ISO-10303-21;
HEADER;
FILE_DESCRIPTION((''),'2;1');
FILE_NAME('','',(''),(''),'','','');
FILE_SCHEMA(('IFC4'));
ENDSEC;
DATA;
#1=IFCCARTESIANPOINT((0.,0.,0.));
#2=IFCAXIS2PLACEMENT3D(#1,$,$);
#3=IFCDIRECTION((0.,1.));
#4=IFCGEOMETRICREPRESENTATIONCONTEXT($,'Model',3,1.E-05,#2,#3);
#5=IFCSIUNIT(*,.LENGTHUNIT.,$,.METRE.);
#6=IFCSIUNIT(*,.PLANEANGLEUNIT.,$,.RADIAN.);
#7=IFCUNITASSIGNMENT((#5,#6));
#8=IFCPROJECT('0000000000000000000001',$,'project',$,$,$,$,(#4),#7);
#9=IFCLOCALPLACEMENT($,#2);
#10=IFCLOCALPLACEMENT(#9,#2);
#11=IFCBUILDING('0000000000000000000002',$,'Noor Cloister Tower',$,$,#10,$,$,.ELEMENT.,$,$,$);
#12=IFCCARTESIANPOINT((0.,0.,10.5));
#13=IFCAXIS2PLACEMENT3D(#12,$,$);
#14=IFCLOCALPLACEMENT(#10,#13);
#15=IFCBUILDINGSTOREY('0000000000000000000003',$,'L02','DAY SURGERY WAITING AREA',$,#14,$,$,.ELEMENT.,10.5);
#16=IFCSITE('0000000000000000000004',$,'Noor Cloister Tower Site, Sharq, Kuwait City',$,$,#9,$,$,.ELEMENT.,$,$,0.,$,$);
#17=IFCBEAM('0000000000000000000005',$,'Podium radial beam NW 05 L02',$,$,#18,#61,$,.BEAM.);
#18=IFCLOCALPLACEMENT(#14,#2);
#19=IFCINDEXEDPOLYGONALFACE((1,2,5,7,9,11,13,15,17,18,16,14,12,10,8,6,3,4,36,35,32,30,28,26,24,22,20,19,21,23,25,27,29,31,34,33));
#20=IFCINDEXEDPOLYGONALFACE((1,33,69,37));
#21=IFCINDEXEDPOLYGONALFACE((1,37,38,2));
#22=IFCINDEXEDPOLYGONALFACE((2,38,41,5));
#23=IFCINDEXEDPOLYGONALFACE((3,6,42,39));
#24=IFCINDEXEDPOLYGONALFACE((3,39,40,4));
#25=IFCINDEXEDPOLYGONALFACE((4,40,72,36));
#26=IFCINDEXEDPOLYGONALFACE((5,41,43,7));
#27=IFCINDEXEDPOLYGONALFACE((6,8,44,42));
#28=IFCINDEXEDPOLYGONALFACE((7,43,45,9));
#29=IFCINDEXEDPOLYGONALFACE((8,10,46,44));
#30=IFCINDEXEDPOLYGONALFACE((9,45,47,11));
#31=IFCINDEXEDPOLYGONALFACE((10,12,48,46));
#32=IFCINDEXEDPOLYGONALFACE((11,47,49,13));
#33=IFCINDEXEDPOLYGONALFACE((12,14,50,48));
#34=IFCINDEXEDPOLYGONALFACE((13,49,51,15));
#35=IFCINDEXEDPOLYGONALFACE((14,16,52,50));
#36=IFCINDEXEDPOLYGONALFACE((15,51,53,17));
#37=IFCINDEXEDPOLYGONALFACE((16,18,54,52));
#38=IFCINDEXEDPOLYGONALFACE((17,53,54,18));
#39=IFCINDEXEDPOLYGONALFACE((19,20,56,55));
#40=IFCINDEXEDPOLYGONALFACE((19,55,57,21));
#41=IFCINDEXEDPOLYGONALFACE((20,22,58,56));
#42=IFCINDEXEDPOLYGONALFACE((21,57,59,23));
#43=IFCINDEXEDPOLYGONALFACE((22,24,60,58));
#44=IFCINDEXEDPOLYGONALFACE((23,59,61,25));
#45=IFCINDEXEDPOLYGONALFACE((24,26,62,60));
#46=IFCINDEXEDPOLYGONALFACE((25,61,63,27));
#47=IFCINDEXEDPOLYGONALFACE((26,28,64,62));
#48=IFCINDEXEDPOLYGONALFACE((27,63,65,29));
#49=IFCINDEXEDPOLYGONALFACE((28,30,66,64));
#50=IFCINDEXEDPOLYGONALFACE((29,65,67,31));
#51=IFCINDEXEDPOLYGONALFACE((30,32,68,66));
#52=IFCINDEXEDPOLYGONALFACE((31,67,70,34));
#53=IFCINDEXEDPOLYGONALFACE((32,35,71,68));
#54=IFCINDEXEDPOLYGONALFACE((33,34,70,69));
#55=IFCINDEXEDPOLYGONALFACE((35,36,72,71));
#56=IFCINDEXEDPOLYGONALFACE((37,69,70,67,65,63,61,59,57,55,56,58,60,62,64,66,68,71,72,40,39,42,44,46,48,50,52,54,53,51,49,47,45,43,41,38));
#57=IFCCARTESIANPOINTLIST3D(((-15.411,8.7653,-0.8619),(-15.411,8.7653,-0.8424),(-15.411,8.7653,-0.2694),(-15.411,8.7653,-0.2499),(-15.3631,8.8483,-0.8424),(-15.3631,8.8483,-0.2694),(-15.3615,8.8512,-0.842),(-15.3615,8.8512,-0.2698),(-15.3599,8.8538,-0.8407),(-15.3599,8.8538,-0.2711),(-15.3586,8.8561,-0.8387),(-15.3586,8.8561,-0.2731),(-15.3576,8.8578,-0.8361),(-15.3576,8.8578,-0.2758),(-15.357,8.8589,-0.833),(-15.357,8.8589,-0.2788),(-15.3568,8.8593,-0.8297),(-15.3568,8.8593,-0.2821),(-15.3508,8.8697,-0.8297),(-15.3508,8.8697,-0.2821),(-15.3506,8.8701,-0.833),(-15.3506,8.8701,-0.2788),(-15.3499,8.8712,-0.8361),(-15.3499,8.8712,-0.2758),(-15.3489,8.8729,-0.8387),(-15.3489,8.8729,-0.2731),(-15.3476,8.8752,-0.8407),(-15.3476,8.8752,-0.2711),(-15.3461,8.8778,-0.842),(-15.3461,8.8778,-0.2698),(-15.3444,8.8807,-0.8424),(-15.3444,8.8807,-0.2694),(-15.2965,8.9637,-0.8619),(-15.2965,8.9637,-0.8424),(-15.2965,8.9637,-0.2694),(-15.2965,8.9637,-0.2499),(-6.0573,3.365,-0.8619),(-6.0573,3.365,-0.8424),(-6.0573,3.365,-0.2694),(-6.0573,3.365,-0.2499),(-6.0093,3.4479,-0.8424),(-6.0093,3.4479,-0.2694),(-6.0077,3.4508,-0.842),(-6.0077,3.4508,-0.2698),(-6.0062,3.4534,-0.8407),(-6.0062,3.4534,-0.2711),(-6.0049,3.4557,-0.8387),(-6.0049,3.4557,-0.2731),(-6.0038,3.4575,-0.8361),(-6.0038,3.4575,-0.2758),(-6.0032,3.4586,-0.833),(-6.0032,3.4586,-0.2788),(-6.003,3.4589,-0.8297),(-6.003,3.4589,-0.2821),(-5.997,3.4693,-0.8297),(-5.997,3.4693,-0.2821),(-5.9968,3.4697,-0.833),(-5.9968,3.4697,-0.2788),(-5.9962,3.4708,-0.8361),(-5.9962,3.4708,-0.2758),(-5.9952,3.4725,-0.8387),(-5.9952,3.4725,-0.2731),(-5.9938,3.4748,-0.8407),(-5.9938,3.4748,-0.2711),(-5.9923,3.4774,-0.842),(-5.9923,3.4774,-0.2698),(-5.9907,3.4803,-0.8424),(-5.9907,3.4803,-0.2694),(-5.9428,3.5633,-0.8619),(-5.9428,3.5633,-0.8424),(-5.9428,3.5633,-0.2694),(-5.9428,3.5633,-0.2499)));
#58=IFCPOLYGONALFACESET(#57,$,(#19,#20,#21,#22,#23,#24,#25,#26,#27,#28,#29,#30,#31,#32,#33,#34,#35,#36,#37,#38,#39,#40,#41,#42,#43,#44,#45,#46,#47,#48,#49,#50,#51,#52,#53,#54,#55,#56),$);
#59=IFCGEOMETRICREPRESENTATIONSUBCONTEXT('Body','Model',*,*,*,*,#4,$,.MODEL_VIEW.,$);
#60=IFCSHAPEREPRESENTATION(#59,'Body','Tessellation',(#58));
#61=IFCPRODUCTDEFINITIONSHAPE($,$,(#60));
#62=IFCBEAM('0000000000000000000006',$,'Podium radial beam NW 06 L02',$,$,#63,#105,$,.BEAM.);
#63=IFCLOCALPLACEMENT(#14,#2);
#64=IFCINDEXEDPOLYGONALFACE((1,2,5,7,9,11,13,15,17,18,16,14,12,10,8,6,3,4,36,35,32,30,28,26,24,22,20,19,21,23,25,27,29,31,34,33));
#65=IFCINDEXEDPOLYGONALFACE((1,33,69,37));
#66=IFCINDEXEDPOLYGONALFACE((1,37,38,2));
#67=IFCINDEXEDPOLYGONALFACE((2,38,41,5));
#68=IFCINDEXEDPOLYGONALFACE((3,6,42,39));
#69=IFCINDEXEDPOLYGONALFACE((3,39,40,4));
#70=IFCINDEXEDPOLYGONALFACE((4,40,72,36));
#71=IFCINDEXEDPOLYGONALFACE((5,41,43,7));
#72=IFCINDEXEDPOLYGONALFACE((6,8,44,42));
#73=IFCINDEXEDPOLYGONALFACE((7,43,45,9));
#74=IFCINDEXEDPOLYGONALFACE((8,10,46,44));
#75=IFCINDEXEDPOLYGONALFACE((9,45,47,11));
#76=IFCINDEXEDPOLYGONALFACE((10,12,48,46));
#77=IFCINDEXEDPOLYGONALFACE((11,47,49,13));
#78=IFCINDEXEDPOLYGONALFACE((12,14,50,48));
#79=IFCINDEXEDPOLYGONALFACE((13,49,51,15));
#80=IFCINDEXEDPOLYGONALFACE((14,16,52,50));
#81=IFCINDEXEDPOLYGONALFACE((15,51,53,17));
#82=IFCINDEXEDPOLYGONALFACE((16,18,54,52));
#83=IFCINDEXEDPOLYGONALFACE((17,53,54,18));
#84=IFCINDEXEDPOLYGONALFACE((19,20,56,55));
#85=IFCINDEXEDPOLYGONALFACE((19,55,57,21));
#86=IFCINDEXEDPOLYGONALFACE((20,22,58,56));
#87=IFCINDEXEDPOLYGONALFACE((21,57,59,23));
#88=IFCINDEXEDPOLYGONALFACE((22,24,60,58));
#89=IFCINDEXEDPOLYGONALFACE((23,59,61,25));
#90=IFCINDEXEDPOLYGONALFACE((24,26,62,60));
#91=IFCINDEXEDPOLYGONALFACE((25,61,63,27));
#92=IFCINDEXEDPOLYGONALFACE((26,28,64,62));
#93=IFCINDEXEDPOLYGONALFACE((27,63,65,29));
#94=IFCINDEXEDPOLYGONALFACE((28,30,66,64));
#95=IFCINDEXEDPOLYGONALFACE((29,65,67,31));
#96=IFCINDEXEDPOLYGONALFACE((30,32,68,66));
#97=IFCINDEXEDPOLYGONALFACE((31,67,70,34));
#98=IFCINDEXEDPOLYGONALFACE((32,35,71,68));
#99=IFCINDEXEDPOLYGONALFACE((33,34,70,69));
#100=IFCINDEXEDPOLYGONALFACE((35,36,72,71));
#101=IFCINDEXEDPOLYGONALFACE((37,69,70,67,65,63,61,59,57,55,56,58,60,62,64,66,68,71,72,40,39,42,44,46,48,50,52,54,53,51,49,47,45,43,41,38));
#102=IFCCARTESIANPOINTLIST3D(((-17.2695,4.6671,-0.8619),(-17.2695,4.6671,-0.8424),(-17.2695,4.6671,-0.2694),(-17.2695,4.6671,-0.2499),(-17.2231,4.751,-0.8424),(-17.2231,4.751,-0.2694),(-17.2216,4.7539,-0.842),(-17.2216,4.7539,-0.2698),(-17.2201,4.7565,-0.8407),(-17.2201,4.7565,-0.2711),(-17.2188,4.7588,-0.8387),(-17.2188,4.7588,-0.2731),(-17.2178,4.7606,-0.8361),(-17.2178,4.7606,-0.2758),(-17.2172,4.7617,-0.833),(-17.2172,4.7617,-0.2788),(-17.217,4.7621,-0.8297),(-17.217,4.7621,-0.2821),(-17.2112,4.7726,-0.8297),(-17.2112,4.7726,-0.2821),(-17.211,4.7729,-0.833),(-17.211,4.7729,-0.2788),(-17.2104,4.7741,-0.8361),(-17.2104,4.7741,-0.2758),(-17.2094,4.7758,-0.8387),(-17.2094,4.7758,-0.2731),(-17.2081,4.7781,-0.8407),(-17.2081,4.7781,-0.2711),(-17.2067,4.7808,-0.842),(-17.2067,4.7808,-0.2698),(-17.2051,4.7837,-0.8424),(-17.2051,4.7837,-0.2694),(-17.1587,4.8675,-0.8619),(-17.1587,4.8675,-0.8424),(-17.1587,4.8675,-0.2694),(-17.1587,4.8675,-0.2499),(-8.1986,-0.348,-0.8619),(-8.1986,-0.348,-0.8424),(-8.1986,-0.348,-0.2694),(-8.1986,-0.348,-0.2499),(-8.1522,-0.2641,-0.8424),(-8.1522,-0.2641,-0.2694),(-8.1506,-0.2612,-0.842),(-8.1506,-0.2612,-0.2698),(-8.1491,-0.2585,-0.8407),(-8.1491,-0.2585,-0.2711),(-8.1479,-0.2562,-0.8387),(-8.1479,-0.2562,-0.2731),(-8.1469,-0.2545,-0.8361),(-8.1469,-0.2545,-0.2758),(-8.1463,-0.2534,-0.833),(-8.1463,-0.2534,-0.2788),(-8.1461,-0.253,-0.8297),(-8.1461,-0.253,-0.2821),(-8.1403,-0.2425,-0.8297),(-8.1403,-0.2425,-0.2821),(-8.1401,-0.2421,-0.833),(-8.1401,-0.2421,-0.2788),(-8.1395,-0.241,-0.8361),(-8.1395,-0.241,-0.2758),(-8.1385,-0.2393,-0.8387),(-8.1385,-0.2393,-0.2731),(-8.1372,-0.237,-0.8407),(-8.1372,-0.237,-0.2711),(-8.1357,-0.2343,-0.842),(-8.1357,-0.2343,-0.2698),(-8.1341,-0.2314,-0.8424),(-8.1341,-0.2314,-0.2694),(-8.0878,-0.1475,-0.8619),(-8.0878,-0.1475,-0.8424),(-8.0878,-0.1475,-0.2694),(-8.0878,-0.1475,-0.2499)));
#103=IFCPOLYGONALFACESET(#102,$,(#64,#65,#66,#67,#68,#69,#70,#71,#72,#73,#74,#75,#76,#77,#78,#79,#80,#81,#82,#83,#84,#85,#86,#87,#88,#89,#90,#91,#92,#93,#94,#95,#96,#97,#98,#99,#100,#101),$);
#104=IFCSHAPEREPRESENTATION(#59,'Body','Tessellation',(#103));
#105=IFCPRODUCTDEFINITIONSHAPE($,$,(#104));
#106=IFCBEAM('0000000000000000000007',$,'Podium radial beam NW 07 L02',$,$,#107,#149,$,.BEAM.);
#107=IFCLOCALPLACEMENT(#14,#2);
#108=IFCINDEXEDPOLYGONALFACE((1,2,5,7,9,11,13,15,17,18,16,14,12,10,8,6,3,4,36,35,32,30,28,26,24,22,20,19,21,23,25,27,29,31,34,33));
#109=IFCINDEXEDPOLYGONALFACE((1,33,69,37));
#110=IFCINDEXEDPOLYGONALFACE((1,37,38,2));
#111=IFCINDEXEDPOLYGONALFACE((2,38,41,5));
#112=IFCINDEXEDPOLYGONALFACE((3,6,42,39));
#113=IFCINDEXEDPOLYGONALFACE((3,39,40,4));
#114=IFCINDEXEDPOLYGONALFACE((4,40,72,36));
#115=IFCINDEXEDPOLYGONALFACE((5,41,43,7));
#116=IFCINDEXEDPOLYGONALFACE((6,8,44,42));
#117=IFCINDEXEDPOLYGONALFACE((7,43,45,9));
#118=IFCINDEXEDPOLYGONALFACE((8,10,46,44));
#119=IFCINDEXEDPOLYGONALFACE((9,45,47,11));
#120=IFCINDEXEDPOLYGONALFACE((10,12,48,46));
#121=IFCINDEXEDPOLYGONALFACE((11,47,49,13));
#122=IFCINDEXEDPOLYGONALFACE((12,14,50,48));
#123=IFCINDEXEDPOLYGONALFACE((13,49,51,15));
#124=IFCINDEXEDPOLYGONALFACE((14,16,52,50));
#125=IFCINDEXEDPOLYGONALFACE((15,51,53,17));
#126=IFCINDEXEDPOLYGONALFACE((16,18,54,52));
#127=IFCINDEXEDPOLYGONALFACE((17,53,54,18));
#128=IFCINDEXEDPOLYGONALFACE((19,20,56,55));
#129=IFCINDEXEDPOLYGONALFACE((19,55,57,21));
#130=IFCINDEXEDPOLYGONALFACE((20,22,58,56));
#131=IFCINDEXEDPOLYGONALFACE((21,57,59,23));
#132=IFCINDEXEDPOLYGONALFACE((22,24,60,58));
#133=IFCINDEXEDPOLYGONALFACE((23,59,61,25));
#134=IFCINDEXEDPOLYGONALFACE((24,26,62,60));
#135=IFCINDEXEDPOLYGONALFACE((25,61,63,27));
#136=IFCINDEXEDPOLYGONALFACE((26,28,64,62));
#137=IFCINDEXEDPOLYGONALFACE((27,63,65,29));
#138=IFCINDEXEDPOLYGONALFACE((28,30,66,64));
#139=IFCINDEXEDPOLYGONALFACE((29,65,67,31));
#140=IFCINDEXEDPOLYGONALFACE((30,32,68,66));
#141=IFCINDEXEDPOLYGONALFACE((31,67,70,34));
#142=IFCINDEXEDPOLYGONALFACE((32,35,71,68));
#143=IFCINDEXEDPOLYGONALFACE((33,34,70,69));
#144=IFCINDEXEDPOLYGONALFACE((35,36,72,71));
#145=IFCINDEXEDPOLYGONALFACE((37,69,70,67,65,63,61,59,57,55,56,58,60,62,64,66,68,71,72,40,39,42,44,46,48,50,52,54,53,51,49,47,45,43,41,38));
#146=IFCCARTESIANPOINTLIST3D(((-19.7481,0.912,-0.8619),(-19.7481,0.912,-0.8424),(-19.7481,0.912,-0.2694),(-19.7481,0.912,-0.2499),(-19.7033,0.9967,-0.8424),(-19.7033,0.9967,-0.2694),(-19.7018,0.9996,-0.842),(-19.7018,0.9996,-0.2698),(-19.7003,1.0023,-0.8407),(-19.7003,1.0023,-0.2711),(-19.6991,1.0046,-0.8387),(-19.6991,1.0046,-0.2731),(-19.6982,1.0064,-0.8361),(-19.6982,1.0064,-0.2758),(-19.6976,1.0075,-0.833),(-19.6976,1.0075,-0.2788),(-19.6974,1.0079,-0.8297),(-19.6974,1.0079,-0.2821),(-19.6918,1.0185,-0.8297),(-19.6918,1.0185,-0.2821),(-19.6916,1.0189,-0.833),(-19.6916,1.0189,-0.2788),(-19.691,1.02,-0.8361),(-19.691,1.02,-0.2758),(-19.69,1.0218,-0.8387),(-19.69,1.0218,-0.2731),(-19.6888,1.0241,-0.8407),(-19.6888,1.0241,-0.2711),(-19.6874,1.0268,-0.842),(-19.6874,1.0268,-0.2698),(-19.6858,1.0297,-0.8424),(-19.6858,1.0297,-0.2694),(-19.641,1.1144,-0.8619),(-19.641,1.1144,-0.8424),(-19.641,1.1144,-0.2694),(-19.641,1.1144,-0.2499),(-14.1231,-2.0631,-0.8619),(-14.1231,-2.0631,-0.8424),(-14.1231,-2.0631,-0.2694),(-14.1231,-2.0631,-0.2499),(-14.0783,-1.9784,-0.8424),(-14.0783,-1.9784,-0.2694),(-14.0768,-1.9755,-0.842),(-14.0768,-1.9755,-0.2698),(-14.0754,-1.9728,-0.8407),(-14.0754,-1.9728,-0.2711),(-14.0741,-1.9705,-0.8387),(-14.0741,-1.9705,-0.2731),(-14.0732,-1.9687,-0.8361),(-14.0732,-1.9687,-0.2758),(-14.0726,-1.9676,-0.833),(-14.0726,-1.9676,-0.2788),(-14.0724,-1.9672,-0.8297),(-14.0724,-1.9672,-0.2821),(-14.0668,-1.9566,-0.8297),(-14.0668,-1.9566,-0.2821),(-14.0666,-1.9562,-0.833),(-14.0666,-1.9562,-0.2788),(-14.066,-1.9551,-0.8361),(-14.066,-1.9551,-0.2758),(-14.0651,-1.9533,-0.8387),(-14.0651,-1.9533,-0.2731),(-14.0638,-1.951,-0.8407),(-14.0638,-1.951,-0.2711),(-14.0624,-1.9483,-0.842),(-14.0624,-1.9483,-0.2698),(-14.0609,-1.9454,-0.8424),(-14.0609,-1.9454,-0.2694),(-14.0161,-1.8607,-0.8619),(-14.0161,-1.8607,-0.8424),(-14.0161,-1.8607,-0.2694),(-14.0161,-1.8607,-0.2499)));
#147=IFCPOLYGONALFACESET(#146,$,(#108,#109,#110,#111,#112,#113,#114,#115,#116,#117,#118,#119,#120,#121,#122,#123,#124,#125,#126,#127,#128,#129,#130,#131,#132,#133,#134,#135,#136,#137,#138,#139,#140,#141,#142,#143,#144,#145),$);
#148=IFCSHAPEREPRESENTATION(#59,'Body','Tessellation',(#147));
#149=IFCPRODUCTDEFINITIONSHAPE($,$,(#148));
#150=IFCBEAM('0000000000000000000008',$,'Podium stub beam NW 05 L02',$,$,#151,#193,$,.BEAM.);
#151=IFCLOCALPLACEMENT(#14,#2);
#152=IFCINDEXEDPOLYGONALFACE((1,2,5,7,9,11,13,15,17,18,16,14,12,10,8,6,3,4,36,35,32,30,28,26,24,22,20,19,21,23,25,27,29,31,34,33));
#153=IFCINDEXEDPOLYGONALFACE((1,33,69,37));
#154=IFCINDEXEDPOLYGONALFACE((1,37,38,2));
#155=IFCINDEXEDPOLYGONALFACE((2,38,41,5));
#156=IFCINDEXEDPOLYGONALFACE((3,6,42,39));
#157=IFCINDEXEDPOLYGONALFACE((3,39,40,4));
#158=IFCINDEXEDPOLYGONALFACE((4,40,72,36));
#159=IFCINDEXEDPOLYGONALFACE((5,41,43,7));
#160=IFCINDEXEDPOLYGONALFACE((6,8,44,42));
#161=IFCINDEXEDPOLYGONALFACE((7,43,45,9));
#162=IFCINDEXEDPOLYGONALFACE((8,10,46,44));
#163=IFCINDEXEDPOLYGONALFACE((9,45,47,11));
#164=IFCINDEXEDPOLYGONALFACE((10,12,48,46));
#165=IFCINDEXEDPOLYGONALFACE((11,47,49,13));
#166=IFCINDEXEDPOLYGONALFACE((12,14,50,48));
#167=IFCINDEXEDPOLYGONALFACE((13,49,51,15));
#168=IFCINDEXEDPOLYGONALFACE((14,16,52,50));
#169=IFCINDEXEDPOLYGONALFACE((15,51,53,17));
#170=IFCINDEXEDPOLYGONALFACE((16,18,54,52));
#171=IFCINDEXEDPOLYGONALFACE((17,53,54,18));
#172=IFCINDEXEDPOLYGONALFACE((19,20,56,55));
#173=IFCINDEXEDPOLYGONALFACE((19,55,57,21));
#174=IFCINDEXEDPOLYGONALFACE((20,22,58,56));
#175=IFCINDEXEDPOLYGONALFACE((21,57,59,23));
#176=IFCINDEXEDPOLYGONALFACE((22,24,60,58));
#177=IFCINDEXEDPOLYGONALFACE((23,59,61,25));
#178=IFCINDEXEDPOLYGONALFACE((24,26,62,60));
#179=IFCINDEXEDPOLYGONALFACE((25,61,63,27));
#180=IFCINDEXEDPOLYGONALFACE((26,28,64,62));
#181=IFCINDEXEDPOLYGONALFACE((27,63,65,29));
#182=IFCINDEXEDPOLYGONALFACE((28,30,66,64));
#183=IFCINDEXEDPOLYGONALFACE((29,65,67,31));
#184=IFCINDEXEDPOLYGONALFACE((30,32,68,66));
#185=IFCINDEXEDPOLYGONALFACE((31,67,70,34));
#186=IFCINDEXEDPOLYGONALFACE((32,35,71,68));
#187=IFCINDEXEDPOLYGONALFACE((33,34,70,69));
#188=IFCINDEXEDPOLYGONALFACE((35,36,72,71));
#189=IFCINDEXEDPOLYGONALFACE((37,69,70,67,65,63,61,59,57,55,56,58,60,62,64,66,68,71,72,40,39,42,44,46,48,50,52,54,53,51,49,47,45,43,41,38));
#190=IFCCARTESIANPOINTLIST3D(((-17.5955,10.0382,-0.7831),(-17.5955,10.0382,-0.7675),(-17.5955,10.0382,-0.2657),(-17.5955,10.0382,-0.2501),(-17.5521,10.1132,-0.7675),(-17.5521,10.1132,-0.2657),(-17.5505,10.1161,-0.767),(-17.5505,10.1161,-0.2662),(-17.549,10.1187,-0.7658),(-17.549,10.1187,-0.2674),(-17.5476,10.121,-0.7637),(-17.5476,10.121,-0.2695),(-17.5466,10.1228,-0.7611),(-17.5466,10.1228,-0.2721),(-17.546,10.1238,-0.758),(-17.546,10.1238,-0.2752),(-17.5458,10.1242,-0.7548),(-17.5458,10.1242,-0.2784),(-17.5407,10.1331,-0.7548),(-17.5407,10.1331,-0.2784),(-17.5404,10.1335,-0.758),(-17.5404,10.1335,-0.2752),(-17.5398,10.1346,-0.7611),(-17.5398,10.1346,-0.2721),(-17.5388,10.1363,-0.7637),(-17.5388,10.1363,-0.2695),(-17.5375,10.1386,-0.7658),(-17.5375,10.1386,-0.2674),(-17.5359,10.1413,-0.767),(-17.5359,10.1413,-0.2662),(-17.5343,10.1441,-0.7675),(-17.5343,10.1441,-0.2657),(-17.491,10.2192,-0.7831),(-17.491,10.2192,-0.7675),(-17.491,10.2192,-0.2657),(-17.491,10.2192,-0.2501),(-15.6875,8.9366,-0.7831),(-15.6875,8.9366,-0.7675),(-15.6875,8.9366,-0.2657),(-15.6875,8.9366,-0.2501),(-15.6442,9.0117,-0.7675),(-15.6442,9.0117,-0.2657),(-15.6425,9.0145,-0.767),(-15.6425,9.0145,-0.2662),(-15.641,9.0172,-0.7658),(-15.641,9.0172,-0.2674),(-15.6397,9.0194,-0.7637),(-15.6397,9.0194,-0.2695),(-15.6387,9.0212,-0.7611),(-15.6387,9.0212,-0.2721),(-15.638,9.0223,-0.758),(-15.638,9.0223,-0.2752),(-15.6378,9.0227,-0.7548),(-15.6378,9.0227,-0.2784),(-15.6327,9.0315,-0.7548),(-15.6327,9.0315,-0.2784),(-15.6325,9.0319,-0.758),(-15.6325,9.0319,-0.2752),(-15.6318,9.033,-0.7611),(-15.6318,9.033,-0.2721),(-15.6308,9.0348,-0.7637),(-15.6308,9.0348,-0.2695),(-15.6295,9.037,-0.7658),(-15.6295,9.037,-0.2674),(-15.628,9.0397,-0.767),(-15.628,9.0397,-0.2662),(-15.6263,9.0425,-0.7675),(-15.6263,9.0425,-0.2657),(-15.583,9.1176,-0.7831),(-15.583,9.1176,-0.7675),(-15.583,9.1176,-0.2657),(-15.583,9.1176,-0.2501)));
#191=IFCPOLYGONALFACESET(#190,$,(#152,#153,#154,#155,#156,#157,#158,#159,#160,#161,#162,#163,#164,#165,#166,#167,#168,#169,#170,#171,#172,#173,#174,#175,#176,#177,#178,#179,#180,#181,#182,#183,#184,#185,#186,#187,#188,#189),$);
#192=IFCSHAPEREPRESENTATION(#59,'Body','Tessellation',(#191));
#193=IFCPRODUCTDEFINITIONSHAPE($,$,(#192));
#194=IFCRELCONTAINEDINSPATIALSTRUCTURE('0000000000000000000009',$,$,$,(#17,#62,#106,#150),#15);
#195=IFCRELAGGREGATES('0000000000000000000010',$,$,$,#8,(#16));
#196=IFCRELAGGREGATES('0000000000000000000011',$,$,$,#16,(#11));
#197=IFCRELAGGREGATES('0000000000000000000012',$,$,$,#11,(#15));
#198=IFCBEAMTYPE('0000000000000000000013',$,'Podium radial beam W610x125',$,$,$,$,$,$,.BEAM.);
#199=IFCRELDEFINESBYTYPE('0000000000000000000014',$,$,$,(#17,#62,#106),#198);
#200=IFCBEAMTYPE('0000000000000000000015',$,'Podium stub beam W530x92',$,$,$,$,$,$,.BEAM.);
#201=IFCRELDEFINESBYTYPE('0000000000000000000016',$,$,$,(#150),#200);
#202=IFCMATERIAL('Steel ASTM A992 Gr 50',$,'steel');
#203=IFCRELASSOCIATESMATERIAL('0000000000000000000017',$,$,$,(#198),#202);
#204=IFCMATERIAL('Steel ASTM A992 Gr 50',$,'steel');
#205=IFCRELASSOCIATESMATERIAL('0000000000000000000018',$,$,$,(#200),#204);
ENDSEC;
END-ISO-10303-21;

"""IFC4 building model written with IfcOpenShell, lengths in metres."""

from ifc_helpers import new_model, si_unit, direction, frame, origin, origin_2d, place, context, subcontext, project, spatial, i_section, extrude, material, material_profile, profile_set, type_object, element, save


model = new_model("IFC4")

# Units and contexts
model_context = context("Model", 3, precision=1e-05, world=origin(), true_north=direction((0.0, 1.0)))
body_context = subcontext(model_context, "Body", "Model", "MODEL_VIEW")
ifc_project = project(units=[si_unit("LENGTHUNIT", "METRE"), si_unit("PLANEANGLEUNIT", "RADIAN")], contexts=[model_context])

# Site, building, storey
site_placement = place(None, origin())
site = spatial("IfcSite", under=ifc_project, at=site_placement, Name="Noor Cloister Tower Site, Sharq, Kuwait City", CompositionType="ELEMENT", RefElevation=0.0)
building_placement = place(site_placement, origin())
building = spatial("IfcBuilding", under=site, at=building_placement, Name="Noor Cloister Tower", CompositionType="ELEMENT")
storey_placement = place(building_placement, frame((0.0, 0.0, 10.5)))
storey = spatial("IfcBuildingStorey", under=building, at=storey_placement, Name="L02", Description="DAY SURGERY WAITING AREA", CompositionType="ELEMENT", Elevation=10.5)

# Beams
ifc_material_1 = material(Name="Steel ASTM A992 Gr 50", Category="steel")
ifc_material_profile_1 = material_profile(ifc_material_1, i_section(OverallWidth=0.229, OverallDepth=0.6121, WebThickness=0.012, FlangeThickness=0.0195, FilletRadius=0.0127, at=origin_2d()), Name="W610x125")
ifc_profile_set_1 = profile_set([ifc_material_profile_1], Name="Steel ASTM A992 Gr 50")
beam_type_1 = type_object("IfcBeamType", Name="Podium radial beam W610x125", PredefinedType="BEAM", material=ifc_profile_set_1)
beam_1_placement = place(storey_placement, frame((-15.3538, 8.8645, -0.5559), z_axis=(0.866026, -0.5, 0.0), x_axis=(0.5, 0.866026, 0.0)))
element("IfcBeam", 1, at=beam_1_placement, inside=storey, type_object=beam_type_1, Name="Podium radial beam NW 05 L02", PredefinedType="BEAM", context=body_context, shape_type="SweptSolid", body=[
    extrude(i_section(OverallWidth=0.229, OverallDepth=0.6121, WebThickness=0.012, FlangeThickness=0.0195, FilletRadius=0.0127, at=origin_2d()), origin(), (0.0, 0.0, 1.0), 10.8008),
])
beam_2_placement = place(storey_placement, frame((-17.2141, 4.7673, -0.5559), z_axis=(0.875152, -0.483848, 0.0), x_axis=(0.483848, 0.875152, 0.0)))
element("IfcBeam", 2, at=beam_2_placement, inside=storey, type_object=beam_type_1, Name="Podium radial beam NW 06 L02", PredefinedType="BEAM", context=body_context, shape_type="SweptSolid", body=[
    extrude(i_section(OverallWidth=0.229, OverallDepth=0.6121, WebThickness=0.012, FlangeThickness=0.0195, FilletRadius=0.0127, at=origin_2d()), origin(), (0.0, 0.0, 1.0), 10.365),
])
beam_3_placement = place(storey_placement, frame((-19.6946, 1.0132, -0.5559), z_axis=(0.883973, -0.467539, 0.0), x_axis=(0.467539, 0.883973, 0.0)))
element("IfcBeam", 3, at=beam_3_placement, inside=storey, type_object=beam_type_1, Name="Podium radial beam NW 07 L02", PredefinedType="BEAM", context=body_context, shape_type="SweptSolid", body=[
    extrude(i_section(OverallWidth=0.229, OverallDepth=0.6121, WebThickness=0.012, FlangeThickness=0.0195, FilletRadius=0.0127, at=origin_2d()), origin(), (0.0, 0.0, 1.0), 6.3633),
])
ifc_material_2 = material(Name="Steel ASTM A992 Gr 50", Category="steel")
ifc_material_profile_2 = material_profile(ifc_material_2, i_section(OverallWidth=0.209, OverallDepth=0.533, WebThickness=0.0103, FlangeThickness=0.0156, FilletRadius=0.0127, at=origin_2d()), Name="W530x92")
ifc_profile_set_2 = profile_set([ifc_material_profile_2], Name="Steel ASTM A992 Gr 50")
beam_type_2 = type_object("IfcBeamType", Name="Podium stub beam W530x92", PredefinedType="BEAM", material=ifc_profile_set_2)
beam_4_placement = place(storey_placement, frame((-15.6353, 9.0271, -0.5166), z_axis=(-0.866025, 0.500001, 0.0), x_axis=(-0.500001, -0.866025, 0.0)))
element("IfcBeam", 4, at=beam_4_placement, inside=storey, type_object=beam_type_2, Name="Podium stub beam NW 05 L02", PredefinedType="BEAM", context=body_context, shape_type="SweptSolid", body=[
    extrude(i_section(OverallWidth=0.209, OverallDepth=0.533, WebThickness=0.0103, FlangeThickness=0.0156, FilletRadius=0.0127, at=origin_2d()), origin(), (0.0, 0.0, 1.0), 2.2031),
])

save(model, "model.ifc")
